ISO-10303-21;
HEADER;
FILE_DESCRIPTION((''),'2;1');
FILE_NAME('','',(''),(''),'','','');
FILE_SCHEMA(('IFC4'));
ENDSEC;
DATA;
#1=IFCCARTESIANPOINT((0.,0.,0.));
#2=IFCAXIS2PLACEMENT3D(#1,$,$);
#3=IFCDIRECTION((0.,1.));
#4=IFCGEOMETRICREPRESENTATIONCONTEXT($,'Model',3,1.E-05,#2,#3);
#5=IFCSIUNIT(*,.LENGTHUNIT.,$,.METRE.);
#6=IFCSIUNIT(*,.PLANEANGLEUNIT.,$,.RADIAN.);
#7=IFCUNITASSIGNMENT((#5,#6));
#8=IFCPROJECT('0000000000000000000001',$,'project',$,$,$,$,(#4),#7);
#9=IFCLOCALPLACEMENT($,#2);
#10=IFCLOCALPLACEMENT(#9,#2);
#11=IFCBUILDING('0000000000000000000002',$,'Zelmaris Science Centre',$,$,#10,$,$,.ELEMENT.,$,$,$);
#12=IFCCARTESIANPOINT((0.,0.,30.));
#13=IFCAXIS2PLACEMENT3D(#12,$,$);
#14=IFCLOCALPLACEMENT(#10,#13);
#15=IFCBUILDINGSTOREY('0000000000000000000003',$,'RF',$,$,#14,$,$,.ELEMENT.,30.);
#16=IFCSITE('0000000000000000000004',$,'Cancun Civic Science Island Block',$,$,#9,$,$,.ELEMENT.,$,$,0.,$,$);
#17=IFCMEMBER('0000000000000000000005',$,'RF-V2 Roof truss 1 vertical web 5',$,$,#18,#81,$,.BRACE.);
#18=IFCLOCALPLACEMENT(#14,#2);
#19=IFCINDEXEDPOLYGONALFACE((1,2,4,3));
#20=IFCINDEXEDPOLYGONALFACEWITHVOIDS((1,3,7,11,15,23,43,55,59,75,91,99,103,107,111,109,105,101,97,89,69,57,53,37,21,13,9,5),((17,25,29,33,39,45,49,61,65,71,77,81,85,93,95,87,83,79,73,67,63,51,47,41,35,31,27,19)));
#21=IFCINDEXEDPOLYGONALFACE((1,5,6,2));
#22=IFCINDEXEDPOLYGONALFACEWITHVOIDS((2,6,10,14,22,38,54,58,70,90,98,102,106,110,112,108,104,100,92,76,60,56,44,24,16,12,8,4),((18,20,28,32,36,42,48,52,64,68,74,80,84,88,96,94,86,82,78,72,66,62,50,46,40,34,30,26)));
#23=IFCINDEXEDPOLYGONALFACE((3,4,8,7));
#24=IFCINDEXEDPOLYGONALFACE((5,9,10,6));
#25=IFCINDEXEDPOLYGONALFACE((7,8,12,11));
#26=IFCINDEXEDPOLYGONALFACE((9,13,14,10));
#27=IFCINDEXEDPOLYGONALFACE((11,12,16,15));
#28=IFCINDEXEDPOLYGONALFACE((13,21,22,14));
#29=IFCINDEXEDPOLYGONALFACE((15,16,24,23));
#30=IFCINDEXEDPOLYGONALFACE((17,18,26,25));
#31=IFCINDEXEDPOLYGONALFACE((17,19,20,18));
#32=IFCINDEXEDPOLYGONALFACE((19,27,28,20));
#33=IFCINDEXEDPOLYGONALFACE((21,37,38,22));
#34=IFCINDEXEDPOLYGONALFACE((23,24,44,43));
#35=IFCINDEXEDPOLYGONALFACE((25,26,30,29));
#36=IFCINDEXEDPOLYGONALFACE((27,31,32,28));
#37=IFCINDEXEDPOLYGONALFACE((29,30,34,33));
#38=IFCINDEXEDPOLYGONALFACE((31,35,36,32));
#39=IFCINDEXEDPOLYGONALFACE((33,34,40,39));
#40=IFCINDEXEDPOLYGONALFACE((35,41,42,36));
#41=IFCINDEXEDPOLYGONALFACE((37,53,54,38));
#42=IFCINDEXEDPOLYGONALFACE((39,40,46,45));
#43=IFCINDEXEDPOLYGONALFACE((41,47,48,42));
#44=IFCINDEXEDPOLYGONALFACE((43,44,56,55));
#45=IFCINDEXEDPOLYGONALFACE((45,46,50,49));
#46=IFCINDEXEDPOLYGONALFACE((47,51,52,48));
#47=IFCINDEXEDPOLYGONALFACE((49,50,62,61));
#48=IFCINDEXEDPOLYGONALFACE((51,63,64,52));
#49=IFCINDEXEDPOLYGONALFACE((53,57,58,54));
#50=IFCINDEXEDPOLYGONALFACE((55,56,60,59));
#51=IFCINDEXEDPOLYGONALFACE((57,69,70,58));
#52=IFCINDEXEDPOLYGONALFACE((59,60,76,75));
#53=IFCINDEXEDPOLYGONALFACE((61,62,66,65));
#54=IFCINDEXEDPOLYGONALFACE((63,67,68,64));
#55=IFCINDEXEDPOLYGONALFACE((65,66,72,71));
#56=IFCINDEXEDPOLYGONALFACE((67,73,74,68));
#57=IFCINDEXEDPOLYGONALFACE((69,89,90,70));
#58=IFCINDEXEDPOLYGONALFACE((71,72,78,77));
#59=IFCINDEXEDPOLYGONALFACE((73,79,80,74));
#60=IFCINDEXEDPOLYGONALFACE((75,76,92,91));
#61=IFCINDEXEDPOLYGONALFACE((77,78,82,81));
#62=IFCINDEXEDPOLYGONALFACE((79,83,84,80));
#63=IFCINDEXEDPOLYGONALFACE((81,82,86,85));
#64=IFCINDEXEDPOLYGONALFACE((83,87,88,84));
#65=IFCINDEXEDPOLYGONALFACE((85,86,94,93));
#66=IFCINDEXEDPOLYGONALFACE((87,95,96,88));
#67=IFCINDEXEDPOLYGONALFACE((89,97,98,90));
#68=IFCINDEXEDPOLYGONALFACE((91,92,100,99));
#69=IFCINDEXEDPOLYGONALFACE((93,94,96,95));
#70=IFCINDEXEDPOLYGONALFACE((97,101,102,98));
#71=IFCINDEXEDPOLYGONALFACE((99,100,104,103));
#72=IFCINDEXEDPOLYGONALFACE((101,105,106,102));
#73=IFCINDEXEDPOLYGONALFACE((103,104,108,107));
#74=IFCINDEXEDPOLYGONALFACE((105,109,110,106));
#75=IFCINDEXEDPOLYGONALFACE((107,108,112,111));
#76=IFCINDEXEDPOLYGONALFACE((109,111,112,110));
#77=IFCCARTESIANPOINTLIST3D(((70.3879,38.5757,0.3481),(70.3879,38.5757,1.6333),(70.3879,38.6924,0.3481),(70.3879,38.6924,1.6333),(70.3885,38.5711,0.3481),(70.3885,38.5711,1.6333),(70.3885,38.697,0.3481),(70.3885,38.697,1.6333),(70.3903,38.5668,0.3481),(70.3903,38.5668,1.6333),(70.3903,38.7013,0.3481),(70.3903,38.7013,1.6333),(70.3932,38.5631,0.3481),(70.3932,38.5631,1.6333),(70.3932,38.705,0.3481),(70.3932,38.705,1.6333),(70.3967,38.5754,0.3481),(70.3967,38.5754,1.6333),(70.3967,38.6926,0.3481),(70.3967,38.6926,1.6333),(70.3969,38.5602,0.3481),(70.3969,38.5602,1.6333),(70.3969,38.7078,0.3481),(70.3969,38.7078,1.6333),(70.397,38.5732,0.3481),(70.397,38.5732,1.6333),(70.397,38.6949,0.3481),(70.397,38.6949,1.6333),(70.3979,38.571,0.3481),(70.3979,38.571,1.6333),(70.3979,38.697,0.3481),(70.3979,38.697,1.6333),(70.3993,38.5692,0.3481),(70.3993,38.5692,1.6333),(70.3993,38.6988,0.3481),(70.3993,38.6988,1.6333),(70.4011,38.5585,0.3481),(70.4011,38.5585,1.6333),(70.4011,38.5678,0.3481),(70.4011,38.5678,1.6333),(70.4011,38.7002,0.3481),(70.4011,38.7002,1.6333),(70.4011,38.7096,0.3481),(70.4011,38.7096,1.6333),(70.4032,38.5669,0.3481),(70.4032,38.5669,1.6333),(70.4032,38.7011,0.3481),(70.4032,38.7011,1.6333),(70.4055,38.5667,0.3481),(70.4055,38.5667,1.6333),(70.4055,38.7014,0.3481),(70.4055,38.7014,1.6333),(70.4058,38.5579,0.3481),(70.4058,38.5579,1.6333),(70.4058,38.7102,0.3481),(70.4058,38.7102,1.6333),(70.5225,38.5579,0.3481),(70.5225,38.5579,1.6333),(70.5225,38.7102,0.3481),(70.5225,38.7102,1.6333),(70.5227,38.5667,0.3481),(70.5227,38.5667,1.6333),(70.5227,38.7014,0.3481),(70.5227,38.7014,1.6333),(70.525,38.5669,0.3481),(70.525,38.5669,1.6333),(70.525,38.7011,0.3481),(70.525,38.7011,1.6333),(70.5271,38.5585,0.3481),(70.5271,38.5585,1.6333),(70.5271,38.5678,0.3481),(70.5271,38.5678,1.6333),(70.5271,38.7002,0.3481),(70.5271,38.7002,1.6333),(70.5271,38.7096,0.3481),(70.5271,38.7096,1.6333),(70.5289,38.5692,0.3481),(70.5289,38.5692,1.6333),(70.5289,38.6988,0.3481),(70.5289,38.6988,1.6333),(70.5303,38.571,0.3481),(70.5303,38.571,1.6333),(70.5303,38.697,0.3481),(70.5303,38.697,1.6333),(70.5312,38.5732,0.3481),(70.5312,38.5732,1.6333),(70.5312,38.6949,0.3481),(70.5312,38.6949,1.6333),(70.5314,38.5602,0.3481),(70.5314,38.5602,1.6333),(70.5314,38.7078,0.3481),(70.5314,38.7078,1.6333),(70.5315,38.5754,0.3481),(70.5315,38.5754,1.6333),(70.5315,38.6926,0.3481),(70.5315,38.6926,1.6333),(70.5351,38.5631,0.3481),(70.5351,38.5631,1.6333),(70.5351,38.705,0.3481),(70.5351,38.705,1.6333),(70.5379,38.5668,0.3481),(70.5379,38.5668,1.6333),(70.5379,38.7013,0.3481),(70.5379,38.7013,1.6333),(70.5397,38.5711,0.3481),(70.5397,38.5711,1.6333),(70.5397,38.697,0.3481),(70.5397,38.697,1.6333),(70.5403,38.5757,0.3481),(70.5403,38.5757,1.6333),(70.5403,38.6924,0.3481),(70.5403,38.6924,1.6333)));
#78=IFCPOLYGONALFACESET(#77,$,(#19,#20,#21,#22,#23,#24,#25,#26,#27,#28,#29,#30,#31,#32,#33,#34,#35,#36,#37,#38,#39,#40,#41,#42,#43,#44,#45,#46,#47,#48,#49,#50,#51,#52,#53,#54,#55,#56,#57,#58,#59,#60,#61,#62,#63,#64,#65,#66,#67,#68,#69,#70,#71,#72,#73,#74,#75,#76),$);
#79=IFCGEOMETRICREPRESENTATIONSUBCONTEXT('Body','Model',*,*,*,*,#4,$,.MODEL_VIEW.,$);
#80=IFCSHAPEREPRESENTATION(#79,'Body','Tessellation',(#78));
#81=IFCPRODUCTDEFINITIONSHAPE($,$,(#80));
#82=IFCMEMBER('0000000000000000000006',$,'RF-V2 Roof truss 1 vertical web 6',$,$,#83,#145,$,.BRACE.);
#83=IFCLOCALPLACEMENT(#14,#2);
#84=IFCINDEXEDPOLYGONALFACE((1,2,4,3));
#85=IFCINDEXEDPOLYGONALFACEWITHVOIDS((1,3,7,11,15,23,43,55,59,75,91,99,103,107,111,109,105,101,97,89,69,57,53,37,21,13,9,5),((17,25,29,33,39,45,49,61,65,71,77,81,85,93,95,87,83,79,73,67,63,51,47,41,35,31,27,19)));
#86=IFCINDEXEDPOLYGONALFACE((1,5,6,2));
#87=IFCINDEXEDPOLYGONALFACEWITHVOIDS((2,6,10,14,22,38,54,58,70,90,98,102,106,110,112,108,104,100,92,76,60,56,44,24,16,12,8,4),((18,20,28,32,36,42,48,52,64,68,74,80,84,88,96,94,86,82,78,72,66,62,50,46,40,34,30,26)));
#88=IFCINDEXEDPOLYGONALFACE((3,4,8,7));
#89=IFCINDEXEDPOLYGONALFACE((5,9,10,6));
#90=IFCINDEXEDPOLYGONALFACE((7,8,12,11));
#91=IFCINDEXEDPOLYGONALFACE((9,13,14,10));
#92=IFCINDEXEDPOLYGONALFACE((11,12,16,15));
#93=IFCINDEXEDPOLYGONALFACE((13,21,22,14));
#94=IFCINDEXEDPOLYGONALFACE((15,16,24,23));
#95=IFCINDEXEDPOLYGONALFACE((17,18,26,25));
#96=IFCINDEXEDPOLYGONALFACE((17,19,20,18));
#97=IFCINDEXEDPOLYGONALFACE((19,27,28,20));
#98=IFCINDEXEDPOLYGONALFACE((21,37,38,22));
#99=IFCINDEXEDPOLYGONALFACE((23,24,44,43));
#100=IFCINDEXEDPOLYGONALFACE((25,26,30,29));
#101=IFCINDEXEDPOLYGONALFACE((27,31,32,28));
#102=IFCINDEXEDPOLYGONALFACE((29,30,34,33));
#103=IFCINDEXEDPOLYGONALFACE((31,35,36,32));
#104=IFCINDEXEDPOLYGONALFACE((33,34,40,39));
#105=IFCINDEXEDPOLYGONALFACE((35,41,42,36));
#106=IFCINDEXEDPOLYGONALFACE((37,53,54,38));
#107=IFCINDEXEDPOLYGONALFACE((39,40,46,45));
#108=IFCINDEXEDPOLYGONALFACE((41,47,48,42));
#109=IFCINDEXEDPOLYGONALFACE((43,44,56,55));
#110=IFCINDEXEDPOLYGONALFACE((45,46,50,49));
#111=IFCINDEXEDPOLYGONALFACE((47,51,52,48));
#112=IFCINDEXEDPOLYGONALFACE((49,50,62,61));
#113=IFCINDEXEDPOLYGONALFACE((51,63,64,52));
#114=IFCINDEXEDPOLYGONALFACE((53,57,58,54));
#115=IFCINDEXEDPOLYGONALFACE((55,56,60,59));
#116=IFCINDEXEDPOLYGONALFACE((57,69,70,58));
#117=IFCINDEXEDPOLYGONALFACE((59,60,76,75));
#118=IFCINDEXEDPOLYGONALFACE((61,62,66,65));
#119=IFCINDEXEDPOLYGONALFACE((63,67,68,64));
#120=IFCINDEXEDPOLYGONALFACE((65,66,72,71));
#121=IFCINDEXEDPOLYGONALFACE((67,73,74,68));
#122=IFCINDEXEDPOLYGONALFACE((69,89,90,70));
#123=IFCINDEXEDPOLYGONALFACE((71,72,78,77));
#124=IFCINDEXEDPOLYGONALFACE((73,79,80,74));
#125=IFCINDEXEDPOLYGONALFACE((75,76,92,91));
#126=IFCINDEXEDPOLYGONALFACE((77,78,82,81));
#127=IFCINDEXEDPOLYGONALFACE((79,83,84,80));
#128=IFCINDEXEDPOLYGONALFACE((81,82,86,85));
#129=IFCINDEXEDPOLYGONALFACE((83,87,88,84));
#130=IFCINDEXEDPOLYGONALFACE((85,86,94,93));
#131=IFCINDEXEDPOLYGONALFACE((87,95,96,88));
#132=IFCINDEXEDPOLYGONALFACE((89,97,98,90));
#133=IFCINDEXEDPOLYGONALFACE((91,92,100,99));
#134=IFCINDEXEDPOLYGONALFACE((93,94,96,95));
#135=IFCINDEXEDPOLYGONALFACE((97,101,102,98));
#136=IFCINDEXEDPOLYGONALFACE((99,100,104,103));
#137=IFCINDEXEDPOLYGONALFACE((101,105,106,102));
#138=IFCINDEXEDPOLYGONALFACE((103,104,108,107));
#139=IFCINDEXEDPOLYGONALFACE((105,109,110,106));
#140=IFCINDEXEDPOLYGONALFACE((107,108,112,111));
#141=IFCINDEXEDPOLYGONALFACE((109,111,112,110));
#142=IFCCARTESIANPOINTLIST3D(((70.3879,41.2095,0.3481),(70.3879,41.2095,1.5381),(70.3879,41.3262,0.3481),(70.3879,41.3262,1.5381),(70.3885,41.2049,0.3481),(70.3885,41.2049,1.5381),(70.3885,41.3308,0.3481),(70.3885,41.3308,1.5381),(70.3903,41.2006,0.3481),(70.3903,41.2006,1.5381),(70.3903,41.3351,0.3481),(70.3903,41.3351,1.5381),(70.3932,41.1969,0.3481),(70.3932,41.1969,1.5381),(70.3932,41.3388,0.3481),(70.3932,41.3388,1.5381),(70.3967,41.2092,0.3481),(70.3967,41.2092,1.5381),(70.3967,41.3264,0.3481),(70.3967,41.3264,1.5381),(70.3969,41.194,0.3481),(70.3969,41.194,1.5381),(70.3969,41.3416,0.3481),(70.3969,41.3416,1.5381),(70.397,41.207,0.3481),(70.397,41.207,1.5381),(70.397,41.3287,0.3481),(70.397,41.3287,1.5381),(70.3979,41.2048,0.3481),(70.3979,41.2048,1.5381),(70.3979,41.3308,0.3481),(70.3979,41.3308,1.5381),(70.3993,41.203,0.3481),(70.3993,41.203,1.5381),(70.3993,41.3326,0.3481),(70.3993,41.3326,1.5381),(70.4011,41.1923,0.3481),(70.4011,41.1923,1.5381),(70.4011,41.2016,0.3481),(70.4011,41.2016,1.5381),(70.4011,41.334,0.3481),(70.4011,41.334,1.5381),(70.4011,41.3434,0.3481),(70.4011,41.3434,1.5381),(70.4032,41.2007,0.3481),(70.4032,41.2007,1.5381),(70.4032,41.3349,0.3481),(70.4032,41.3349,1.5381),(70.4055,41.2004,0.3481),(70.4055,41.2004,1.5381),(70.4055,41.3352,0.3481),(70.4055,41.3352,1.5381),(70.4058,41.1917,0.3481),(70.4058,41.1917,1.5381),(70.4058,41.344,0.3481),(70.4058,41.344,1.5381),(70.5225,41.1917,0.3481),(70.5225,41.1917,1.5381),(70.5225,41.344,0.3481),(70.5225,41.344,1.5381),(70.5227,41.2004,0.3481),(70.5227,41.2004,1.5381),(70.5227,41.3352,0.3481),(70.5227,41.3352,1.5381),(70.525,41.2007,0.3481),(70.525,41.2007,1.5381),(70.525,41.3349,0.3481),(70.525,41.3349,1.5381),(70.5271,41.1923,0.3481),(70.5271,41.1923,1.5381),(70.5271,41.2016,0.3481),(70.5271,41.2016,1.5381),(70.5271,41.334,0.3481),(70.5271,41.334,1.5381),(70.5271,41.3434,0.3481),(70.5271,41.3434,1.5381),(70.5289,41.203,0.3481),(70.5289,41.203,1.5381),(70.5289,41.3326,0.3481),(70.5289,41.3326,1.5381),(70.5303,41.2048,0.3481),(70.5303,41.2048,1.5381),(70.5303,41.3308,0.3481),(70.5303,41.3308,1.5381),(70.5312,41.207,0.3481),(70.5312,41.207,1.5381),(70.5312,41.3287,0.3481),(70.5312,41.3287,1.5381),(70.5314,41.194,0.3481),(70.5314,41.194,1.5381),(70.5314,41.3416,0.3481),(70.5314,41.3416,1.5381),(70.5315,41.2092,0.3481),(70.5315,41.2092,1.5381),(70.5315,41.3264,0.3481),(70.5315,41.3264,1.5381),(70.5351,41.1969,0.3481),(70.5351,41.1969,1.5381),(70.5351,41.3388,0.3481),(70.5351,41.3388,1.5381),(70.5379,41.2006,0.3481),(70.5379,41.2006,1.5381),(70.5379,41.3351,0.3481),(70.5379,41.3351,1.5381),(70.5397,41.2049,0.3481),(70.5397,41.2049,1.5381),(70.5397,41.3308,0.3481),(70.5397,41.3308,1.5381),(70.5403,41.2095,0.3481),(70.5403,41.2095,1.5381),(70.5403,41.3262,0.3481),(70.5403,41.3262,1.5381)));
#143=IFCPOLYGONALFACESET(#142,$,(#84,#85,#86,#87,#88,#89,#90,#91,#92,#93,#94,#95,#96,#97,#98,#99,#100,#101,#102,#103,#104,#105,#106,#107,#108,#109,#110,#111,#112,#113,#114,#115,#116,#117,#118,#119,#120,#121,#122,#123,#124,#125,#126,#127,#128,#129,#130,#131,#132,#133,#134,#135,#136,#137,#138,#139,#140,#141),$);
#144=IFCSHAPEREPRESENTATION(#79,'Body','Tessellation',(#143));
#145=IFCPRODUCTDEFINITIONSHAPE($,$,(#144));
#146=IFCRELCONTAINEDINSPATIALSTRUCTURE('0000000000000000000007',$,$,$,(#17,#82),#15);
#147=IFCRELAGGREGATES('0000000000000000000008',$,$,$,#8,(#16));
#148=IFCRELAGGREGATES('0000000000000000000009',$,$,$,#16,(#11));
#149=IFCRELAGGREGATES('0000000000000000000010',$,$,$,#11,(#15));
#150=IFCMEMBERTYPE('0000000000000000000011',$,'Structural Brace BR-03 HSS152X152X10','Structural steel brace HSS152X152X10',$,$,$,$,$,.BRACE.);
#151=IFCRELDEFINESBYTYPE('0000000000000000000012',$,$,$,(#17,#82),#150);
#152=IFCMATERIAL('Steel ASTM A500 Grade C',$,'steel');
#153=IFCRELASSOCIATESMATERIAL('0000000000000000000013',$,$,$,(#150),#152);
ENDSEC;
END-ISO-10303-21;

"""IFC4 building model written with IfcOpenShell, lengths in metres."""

from ifc_helpers import new_model, si_unit, direction, frame, origin, origin_2d, place, context, subcontext, project, spatial, hollow_rectangle, extrude, material, material_profile, profile_set, type_object, element, save


model = new_model("IFC4")

# Units and contexts
model_context = context("Model", 3, precision=1e-05, world=origin(), true_north=direction((0.0, 1.0)))
body_context = subcontext(model_context, "Body", "Model", "MODEL_VIEW")
ifc_project = project(units=[si_unit("LENGTHUNIT", "METRE"), si_unit("PLANEANGLEUNIT", "RADIAN")], contexts=[model_context])

# Site, building, storey
site_placement = place(None, origin())
site = spatial("IfcSite", under=ifc_project, at=site_placement, Name="Cancun Civic Science Island Block", CompositionType="ELEMENT", RefElevation=0.0)
building_placement = place(site_placement, origin())
building = spatial("IfcBuilding", under=site, at=building_placement, Name="Zelmaris Science Centre", CompositionType="ELEMENT")
storey_placement = place(building_placement, frame((0.0, 0.0, 30.0)))
storey = spatial("IfcBuildingStorey", under=building, at=storey_placement, Name="RF", CompositionType="ELEMENT", Elevation=30.0)

# Shared definitions
ifc_material_1 = material(Name="Steel ASTM A500 Grade C", Category="steel")

# Members
ifc_material_profile_1 = material_profile(ifc_material_1, hollow_rectangle(XDim=0.1523, YDim=0.1523, WallThickness=0.0088, InnerFilletRadius=0.0088, OuterFilletRadius=0.0178, at=origin_2d()), Name="HSS152X152X10")
ifc_profile_set_1 = profile_set([ifc_material_profile_1], Name="Steel ASTM A500 Grade C")
member_type_1 = type_object("IfcMemberType", Name="Structural Brace BR-03 HSS152X152X10", Description="Structural steel brace HSS152X152X10", PredefinedType="BRACE", material=ifc_profile_set_1)
member_1_placement = place(storey_placement, frame((70.4641, 38.634, 0.3481), z_axis=(0.0, 0.0, 1.0), x_axis=(1.0, 0.0, 0.0)))
element("IfcMember", 1, at=member_1_placement, inside=storey, type_object=member_type_1, Name="RF-V2 Roof truss 1 vertical web 5", PredefinedType="BRACE", context=body_context, shape_type="SweptSolid", body=[
    extrude(hollow_rectangle(XDim=0.1523, YDim=0.1523, WallThickness=0.0088, InnerFilletRadius=0.0088, OuterFilletRadius=0.0178, at=origin_2d()), origin(), (0.0, 0.0, 1.0), 1.2852),
])
member_2_placement = place(storey_placement, frame((70.4641, 41.2678, 0.3481), z_axis=(0.0, 0.0, 1.0), x_axis=(1.0, 0.0, 0.0)))
element("IfcMember", 2, at=member_2_placement, inside=storey, type_object=member_type_1, Name="RF-V2 Roof truss 1 vertical web 6", PredefinedType="BRACE", context=body_context, shape_type="SweptSolid", body=[
    extrude(hollow_rectangle(XDim=0.1523, YDim=0.1523, WallThickness=0.0088, InnerFilletRadius=0.0088, OuterFilletRadius=0.0178, at=origin_2d()), origin(), (0.0, 0.0, 1.0), 1.1899),
])

save(model, "model.ifc")
